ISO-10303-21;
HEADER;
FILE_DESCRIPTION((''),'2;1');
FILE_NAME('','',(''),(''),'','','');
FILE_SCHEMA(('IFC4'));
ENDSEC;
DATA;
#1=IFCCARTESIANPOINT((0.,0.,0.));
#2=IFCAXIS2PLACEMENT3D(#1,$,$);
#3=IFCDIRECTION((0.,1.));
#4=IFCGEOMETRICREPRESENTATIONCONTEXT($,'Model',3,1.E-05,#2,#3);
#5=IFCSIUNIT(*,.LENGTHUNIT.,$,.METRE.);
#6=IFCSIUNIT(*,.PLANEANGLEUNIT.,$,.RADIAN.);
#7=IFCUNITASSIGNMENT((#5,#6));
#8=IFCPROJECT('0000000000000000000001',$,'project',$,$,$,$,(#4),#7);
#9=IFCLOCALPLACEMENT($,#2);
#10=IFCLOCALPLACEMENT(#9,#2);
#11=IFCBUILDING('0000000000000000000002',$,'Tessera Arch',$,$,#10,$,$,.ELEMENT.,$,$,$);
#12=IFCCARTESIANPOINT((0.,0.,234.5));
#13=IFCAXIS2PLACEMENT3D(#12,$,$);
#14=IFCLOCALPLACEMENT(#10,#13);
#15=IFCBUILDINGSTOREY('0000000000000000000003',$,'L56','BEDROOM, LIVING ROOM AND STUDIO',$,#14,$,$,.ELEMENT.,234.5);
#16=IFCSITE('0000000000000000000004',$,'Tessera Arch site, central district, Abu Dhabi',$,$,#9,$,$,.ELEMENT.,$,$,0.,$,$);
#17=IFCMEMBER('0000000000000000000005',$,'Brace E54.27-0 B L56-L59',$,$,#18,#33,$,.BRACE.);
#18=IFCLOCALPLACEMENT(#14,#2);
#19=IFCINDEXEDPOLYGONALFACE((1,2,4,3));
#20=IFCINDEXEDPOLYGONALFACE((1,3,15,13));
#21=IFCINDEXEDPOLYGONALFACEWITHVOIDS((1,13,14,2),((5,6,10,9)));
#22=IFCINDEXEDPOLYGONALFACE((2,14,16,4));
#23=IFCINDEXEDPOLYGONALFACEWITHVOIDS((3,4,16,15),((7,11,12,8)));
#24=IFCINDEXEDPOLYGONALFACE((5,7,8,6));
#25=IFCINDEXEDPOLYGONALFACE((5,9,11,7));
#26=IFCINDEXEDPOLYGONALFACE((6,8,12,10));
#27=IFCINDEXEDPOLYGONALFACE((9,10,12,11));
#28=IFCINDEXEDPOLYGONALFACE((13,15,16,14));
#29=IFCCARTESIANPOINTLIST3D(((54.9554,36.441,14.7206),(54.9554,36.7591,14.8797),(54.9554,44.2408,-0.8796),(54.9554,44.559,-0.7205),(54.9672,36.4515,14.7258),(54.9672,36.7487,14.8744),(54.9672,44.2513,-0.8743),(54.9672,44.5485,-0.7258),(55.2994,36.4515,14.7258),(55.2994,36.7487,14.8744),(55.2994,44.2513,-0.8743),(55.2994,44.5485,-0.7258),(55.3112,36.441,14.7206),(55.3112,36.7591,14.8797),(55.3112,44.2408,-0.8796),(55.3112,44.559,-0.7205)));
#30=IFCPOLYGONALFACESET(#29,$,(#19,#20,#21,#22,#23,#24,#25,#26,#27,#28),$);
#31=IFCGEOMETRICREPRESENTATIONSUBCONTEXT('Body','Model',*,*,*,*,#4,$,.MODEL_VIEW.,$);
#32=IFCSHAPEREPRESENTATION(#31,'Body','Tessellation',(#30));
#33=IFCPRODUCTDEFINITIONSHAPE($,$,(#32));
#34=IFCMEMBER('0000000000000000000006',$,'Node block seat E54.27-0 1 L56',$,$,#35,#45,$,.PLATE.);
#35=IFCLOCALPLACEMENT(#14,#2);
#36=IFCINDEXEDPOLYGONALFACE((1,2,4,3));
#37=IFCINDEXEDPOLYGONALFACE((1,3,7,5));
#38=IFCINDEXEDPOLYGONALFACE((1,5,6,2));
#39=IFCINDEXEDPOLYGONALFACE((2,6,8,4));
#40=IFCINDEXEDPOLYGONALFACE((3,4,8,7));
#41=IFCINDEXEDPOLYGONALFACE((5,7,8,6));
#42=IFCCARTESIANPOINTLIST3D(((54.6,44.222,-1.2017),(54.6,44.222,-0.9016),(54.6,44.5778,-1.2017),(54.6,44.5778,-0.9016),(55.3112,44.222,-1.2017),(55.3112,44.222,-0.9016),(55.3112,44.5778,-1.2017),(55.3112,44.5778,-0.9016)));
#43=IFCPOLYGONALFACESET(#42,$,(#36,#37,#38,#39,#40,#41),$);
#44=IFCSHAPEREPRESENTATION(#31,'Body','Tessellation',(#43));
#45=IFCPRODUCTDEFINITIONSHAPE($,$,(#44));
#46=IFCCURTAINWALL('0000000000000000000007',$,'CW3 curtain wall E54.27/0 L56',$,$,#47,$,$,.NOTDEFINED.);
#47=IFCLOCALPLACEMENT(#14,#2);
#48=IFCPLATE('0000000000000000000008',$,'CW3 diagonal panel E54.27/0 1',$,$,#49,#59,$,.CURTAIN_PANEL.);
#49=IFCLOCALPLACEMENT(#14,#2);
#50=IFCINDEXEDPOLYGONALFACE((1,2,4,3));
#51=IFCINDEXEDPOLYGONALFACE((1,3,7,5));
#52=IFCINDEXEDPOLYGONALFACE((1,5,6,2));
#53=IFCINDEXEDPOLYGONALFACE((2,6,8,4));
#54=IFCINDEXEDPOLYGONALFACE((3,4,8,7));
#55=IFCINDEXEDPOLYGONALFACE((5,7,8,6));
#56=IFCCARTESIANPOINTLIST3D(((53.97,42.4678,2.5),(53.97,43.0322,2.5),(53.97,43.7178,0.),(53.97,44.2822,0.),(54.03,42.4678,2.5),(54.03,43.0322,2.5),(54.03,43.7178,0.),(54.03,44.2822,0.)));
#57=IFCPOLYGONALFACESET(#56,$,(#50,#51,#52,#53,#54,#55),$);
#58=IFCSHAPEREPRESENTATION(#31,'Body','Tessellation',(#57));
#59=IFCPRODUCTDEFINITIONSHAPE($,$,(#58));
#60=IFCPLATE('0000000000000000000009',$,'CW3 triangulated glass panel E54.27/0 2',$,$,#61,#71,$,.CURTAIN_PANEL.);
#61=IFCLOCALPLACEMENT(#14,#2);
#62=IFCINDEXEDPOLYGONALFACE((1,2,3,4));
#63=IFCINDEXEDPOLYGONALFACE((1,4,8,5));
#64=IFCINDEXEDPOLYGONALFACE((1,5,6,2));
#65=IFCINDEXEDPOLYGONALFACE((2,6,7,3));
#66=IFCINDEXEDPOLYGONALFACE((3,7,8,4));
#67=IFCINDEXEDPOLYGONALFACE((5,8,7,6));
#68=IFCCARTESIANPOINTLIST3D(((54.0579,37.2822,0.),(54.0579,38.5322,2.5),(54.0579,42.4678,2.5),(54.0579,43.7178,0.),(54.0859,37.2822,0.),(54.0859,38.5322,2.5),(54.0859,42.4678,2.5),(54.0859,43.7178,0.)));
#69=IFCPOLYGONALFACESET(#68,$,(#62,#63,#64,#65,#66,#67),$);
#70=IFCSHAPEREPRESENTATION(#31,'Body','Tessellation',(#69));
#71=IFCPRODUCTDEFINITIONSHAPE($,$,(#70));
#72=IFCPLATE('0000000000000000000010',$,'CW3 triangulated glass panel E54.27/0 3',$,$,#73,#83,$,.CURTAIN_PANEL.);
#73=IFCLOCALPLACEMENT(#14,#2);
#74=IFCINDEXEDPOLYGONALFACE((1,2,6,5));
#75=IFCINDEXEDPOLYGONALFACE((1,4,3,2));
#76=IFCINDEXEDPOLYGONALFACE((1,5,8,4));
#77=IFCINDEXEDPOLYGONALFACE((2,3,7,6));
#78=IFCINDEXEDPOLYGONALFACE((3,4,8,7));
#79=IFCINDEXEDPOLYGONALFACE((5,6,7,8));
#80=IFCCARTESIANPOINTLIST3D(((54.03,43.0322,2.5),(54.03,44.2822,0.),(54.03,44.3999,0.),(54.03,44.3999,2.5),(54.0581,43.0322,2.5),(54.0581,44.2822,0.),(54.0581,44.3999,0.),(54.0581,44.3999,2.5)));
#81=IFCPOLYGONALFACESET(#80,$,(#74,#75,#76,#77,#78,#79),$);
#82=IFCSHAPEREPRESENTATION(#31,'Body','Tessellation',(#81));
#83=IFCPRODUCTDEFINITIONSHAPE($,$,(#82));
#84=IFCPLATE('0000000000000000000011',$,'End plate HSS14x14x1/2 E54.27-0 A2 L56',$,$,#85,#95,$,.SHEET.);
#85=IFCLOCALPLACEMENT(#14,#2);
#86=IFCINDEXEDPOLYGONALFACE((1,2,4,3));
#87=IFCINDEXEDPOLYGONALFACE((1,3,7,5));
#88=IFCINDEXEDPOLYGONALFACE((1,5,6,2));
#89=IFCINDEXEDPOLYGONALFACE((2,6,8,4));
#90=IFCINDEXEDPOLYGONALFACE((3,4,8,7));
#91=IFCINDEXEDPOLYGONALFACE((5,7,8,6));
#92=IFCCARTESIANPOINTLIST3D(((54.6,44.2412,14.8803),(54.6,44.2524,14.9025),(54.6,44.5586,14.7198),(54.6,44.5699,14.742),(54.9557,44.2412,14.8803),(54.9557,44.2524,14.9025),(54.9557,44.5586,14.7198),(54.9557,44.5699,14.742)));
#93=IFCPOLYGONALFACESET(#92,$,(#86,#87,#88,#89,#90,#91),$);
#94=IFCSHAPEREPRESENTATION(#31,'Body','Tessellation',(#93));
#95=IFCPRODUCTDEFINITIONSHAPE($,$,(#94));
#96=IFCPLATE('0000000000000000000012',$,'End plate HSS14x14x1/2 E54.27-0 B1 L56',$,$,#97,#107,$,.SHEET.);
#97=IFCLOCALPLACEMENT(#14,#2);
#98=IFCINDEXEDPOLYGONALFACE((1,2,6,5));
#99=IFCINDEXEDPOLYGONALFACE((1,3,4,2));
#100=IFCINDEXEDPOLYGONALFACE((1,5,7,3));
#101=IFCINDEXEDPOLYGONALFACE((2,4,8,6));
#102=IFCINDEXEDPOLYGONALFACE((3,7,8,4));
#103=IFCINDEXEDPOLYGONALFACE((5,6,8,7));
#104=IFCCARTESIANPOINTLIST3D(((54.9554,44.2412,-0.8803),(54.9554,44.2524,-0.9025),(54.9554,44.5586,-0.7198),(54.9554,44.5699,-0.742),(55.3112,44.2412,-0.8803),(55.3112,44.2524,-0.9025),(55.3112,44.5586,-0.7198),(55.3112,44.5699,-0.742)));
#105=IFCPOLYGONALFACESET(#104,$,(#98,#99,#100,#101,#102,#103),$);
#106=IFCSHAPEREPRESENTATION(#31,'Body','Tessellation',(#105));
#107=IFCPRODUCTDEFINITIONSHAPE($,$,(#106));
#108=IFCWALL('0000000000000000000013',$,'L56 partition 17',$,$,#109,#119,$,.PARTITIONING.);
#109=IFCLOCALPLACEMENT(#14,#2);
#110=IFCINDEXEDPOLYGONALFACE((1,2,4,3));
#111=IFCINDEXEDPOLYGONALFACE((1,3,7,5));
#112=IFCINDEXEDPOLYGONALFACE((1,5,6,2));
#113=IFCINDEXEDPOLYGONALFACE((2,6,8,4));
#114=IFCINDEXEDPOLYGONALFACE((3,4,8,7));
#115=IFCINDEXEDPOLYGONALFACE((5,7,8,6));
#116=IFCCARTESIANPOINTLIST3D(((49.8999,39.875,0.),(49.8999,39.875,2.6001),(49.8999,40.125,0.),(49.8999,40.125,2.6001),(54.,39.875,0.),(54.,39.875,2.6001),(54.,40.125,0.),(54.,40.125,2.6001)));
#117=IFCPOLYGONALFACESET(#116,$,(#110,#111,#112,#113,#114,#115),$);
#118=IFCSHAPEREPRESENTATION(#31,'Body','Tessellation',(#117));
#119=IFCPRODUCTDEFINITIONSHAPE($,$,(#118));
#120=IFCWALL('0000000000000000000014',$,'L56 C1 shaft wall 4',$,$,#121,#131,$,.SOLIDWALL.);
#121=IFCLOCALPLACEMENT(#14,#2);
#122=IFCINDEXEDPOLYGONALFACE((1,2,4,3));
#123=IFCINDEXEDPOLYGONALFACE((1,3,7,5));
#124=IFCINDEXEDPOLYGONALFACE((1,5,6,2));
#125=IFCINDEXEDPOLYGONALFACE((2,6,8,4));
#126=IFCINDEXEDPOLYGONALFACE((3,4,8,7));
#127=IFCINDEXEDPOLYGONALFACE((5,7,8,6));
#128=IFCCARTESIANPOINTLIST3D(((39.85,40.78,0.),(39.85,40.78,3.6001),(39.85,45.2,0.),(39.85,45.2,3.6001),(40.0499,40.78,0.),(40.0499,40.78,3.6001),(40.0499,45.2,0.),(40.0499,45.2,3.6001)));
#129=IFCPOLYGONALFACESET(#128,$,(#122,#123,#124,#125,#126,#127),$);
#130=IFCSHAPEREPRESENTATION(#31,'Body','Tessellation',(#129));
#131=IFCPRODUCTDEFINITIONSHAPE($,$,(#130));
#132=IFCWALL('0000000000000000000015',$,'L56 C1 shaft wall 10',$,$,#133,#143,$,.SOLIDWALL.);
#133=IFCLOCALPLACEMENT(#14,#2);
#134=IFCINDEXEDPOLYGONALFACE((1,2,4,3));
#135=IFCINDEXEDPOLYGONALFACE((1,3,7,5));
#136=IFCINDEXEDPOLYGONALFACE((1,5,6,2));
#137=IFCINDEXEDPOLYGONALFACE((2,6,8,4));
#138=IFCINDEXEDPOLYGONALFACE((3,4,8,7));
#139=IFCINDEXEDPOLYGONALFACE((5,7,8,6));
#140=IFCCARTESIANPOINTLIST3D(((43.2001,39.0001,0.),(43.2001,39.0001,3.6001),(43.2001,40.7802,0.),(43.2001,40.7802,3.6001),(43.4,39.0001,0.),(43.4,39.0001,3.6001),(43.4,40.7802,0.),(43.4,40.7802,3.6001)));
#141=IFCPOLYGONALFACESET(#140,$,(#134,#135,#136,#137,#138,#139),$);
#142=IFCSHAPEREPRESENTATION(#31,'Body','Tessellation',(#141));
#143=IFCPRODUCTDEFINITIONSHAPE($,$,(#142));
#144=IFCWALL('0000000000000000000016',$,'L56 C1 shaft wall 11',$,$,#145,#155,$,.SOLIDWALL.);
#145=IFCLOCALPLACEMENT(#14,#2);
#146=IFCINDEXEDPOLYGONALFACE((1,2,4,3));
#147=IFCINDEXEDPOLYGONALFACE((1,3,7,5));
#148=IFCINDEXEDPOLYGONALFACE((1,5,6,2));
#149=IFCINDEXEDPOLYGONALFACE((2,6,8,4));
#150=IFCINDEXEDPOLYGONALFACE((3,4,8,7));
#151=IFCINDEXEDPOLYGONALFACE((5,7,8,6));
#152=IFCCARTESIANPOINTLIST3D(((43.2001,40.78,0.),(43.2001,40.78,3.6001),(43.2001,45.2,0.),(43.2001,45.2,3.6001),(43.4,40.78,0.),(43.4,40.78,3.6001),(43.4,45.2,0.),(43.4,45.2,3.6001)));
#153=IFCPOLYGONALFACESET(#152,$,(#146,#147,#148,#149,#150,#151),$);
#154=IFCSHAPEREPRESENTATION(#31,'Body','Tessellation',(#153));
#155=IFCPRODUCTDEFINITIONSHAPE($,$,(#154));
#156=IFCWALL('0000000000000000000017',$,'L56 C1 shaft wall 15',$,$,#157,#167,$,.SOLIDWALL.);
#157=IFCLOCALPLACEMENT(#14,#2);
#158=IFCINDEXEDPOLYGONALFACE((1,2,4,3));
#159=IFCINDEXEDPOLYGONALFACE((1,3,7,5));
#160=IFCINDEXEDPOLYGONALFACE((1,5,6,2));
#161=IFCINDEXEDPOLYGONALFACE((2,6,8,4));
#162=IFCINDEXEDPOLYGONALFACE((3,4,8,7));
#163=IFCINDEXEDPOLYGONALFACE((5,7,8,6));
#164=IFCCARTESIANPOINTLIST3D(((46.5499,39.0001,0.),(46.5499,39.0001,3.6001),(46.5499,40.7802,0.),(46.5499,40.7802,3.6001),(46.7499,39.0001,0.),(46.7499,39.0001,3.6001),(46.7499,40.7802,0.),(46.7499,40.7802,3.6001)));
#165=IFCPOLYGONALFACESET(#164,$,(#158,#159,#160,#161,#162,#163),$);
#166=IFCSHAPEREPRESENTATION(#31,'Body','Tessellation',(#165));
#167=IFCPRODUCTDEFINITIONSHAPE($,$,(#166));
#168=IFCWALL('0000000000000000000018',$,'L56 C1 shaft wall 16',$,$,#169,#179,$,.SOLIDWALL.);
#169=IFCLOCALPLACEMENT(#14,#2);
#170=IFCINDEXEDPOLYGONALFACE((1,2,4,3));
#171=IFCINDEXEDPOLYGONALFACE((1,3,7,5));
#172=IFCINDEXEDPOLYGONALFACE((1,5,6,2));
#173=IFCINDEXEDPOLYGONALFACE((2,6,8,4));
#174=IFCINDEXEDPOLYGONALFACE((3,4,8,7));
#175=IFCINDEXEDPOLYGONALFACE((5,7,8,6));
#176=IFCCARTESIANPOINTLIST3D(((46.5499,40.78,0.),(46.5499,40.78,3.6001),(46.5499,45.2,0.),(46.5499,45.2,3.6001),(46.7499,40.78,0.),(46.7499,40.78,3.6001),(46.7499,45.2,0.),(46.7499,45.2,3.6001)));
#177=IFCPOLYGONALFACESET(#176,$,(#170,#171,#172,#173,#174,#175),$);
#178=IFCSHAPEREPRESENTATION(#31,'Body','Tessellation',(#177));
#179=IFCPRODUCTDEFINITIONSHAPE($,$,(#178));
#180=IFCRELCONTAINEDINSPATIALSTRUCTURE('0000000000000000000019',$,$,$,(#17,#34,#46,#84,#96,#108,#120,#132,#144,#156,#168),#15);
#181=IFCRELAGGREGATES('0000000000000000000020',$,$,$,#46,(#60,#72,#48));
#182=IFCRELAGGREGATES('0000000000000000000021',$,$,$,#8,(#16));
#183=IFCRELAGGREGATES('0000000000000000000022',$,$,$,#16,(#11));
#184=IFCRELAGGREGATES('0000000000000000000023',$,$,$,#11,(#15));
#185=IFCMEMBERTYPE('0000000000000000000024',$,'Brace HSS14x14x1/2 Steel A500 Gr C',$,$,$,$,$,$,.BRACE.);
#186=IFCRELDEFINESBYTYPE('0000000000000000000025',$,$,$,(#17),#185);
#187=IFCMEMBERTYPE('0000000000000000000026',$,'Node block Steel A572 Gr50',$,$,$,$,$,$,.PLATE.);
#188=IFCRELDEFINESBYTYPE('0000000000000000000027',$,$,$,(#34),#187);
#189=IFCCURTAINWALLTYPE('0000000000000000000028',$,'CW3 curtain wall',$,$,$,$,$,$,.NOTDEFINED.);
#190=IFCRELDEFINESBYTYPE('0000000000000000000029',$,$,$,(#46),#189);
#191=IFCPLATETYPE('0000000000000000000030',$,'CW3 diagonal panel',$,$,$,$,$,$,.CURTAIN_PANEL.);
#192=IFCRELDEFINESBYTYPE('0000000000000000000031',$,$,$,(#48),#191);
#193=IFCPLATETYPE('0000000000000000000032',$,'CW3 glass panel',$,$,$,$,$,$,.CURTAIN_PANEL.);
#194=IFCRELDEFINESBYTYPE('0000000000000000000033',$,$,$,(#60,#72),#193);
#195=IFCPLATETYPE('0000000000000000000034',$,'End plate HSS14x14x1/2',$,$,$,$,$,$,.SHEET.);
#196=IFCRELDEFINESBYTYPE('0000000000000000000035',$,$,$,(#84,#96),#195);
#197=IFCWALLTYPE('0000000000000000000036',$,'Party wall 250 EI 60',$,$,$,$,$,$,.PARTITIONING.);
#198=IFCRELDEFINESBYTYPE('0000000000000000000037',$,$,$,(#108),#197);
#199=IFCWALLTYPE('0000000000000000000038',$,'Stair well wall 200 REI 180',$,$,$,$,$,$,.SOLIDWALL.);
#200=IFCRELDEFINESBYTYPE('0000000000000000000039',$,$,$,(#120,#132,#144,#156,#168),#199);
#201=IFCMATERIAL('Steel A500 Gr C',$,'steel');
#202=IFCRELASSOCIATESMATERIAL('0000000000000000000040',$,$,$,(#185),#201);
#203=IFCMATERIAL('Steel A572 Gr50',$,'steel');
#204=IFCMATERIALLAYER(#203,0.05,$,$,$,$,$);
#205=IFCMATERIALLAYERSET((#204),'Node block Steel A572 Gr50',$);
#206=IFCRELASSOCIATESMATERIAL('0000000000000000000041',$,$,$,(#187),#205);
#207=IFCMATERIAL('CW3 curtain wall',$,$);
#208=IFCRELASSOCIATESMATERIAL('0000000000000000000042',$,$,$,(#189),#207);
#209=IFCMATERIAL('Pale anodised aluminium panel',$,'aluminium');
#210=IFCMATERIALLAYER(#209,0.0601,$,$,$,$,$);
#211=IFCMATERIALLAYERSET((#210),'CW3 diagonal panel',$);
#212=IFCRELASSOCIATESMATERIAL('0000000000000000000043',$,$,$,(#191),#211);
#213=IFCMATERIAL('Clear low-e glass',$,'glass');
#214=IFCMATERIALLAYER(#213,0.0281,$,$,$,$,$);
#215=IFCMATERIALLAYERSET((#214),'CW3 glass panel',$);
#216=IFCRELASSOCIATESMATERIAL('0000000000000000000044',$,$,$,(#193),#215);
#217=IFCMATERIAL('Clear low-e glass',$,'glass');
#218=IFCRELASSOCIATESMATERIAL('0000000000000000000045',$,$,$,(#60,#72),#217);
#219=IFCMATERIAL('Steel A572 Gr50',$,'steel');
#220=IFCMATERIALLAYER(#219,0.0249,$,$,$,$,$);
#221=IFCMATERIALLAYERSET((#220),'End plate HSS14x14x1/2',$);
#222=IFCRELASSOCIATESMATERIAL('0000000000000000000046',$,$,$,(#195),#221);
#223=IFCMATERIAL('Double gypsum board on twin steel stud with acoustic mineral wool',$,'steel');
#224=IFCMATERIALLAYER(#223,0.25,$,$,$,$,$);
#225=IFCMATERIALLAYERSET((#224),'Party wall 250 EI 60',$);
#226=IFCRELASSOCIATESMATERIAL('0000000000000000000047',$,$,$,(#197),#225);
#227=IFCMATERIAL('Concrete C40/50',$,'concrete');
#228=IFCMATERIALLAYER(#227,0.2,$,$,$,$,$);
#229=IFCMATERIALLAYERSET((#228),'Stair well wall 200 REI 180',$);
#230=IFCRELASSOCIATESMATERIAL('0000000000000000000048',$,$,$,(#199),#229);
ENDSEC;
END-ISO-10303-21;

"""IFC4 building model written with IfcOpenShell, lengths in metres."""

from ifc_helpers import new_model, si_unit, direction, frame, frame_2d, origin, origin_2d, place, context, subcontext, project, spatial, polyline, rectangle, hollow_rectangle, outline, extrude, material, layer, layer_set, material_profile, profile_set, type_object, element, aggregate, save


model = new_model("IFC4")

# Units and contexts
model_context = context("Model", 3, precision=1e-05, world=origin(), true_north=direction((0.0, 1.0)))
body_context = subcontext(model_context, "Body", "Model", "MODEL_VIEW")
ifc_project = project(units=[si_unit("LENGTHUNIT", "METRE"), si_unit("PLANEANGLEUNIT", "RADIAN")], contexts=[model_context])

# Site, building, storey
site_placement = place(None, origin())
site = spatial("IfcSite", under=ifc_project, at=site_placement, Name="Tessera Arch site, central district, Abu Dhabi", CompositionType="ELEMENT", RefElevation=0.0)
building_placement = place(site_placement, origin())
building = spatial("IfcBuilding", under=site, at=building_placement, Name="Tessera Arch", CompositionType="ELEMENT")
storey_placement = place(building_placement, frame((0.0, 0.0, 234.5)))
storey = spatial("IfcBuildingStorey", under=building, at=storey_placement, Name="L56", Description="BEDROOM, LIVING ROOM AND STUDIO", CompositionType="ELEMENT", Elevation=234.5)

# Members
ifc_material_1 = material(Name="Steel A500 Gr C", Category="steel")
ifc_material_profile = material_profile(ifc_material_1, hollow_rectangle(XDim=0.3557, YDim=0.3557, WallThickness=0.0117, at=origin_2d()), Name="HSS14x14x1/2")
ifc_profile_set = profile_set([ifc_material_profile], Name="Steel A500 Gr C")
member_type_1 = type_object("IfcMemberType", Name="Brace HSS14x14x1/2 Steel A500 Gr C", PredefinedType="BRACE", material=ifc_profile_set)
member_1_placement = place(storey_placement, frame((55.1333, 44.3999, -0.8), z_axis=(0.0, -0.447202, 0.894433), x_axis=(1.0, 0.0, 0.0)))
element("IfcMember", 1, at=member_1_placement, inside=storey, type_object=member_type_1, Name="Brace E54.27-0 B L56-L59", PredefinedType="BRACE", context=body_context, shape_type="SweptSolid", body=[
    extrude(hollow_rectangle(XDim=0.3557, YDim=0.3557, WallThickness=0.0117, at=origin_2d()), origin(), (0.0, 0.0, 1.0), 17.4414),
])
ifc_material_2 = material(Name="Steel A572 Gr50", Category="steel")
ifc_layer_1 = layer(ifc_material_2, 0.05)
ifc_layer_set_1 = layer_set([ifc_layer_1], Name="Node block Steel A572 Gr50")
member_type_2 = type_object("IfcMemberType", Name="Node block Steel A572 Gr50", PredefinedType="PLATE", material=ifc_layer_set_1)
member_2_placement = place(storey_placement, frame((54.9556, 44.3999, -1.2017), z_axis=(0.0, 0.0, 1.0), x_axis=(0.0, 1.0, 0.0)))
element("IfcMember", 2, at=member_2_placement, inside=storey, type_object=member_type_2, Name="Node block seat E54.27-0 1 L56", PredefinedType="PLATE", context=body_context, shape_type="SweptSolid", body=[
    extrude(rectangle(XDim=0.3557, YDim=0.7112, at=origin_2d()), origin(), (0.0, 0.0, 1.0), 0.3),
])

# Curtain wall, plates
ifc_material_3 = material(Name="CW3 curtain wall")
curtain_wall_type = type_object("IfcCurtainWallType", Name="CW3 curtain wall", PredefinedType="NOTDEFINED", material=ifc_material_3)
curtain_wall_placement = place(storey_placement, origin())
curtain_wall = element("IfcCurtainWall", 3, at=curtain_wall_placement, inside=storey, type_object=curtain_wall_type, Name="CW3 curtain wall E54.27/0 L56", PredefinedType="NOTDEFINED")
ifc_material_4 = material(Name="Pale anodised aluminium panel", Category="aluminium")
ifc_layer_2 = layer(ifc_material_4, 0.0601)
ifc_layer_set_2 = layer_set([ifc_layer_2], Name="CW3 diagonal panel")
plate_type_1 = type_object("IfcPlateType", Name="CW3 diagonal panel", PredefinedType="CURTAIN_PANEL", material=ifc_layer_set_2)
plate_1_placement = place(storey_placement, frame((54.03, 43.0322, 2.5), z_axis=(1.0, 0.0, 0.0), x_axis=(0.0, -1.0, 0.0)))
plate_1 = element("IfcPlate", 4, at=plate_1_placement, type_object=plate_type_1, Name="CW3 diagonal panel E54.27/0 1", PredefinedType="CURTAIN_PANEL", context=body_context, shape_type="SweptSolid", body=[
    extrude(outline(polyline([(0.0, 0.0), (0.5645, 0.0), (-0.6855, 2.5), (-1.25, 2.5), (0.0, 0.0)])), origin(), (0.0, 0.0, -1.0), 0.0601),
])
ifc_material_5 = material(Name="Clear low-e glass", Category="glass")
ifc_material_6 = material(Name="Clear low-e glass", Category="glass")
ifc_layer_3 = layer(ifc_material_6, 0.0281)
ifc_layer_set_3 = layer_set([ifc_layer_3], Name="CW3 glass panel")
plate_type_2 = type_object("IfcPlateType", Name="CW3 glass panel", PredefinedType="CURTAIN_PANEL", material=ifc_layer_set_3)
plate_2_placement = place(storey_placement, frame((54.0859, 42.4678, 2.5), z_axis=(1.0, 0.0, 0.0), x_axis=(0.0, -1.0, 0.0)))
plate_2 = element("IfcPlate", 5, at=plate_2_placement, type_object=plate_type_2, material=ifc_material_5, Name="CW3 triangulated glass panel E54.27/0 2", PredefinedType="CURTAIN_PANEL", context=body_context, shape_type="SweptSolid", body=[
    extrude(outline(polyline([(0.0, 0.0), (3.9355, 0.0), (5.1855, 2.5), (-1.25, 2.5), (0.0, 0.0)])), origin(), (0.0, 0.0, -1.0), 0.0281),
])
plate_3_placement = place(storey_placement, frame((54.0581, 44.3999, 2.5), z_axis=(1.0, 0.0, 0.0), x_axis=(0.0, -1.0, 0.0)))
plate_3 = element("IfcPlate", 6, at=plate_3_placement, type_object=plate_type_2, material=ifc_material_5, Name="CW3 triangulated glass panel E54.27/0 3", PredefinedType="CURTAIN_PANEL", context=body_context, shape_type="SweptSolid", body=[
    extrude(outline(polyline([(0.0, 0.0), (1.3677, 0.0), (0.1177, 2.5), (0.0, 2.5), (0.0, 0.0)])), origin(), (0.0, 0.0, -1.0), 0.0281),
])
aggregate(curtain_wall, [plate_2, plate_3, plate_1])

# Plates
ifc_material_7 = material(Name="Steel A572 Gr50", Category="steel")
ifc_layer_4 = layer(ifc_material_7, 0.0249)
ifc_layer_set_4 = layer_set([ifc_layer_4], Name="End plate HSS14x14x1/2")
plate_type_3 = type_object("IfcPlateType", Name="End plate HSS14x14x1/2", PredefinedType="SHEET", material=ifc_layer_set_4)
for number, where, z_axis, x_axis, name in (
    (7, (54.7778, 44.3999, 14.8), (0.0, 0.451132, 0.892457), (-1.0, 0.0, 0.0), "End plate HSS14x14x1/2 E54.27-0 A2 L56"),
    (8, (55.1333, 44.4111, -0.8223), (0.0, -0.451132, 0.892457), (1.0, 0.0, 0.0), "End plate HSS14x14x1/2 E54.27-0 B1 L56"),
):
    element("IfcPlate", number, at=place(storey_placement, frame(where, z_axis=z_axis, x_axis=x_axis)), inside=storey, type_object=plate_type_3, Name=name, PredefinedType="SHEET", context=body_context, shape_type="SweptSolid", body=[
        extrude(rectangle(XDim=0.3557, YDim=0.3557, at=origin_2d()), origin(), (0.0, 0.0, 1.0), 0.0249),
    ])

# Walls
ifc_material_8 = material(Name="Double gypsum board on twin steel stud with acoustic mineral wool", Category="steel")
ifc_layer_5 = layer(ifc_material_8, 0.25)
ifc_layer_set_5 = layer_set([ifc_layer_5], Name="Party wall 250 EI 60")
wall_type_1 = type_object("IfcWallType", Name="Party wall 250 EI 60", PredefinedType="PARTITIONING", material=ifc_layer_set_5)
wall_1_placement = place(storey_placement, frame((49.8999, 40.0, 0.0), z_axis=(0.0, 0.0, 1.0), x_axis=(1.0, 0.0, 0.0)))
element("IfcWall", 9, at=wall_1_placement, inside=storey, type_object=wall_type_1, Name="L56 partition 17", PredefinedType="PARTITIONING", context=body_context, shape_type="SweptSolid", body=[
    extrude(rectangle(XDim=4.1001, YDim=0.25, at=frame_2d((2.05, 0.0))), origin(), (0.0, 0.0, 1.0), 2.6001),
])
ifc_material_9 = material(Name="Concrete C40/50", Category="concrete")
ifc_layer_6 = layer(ifc_material_9, 0.2)
ifc_layer_set_6 = layer_set([ifc_layer_6], Name="Stair well wall 200 REI 180")
wall_type_2 = type_object("IfcWallType", Name="Stair well wall 200 REI 180", PredefinedType="SOLIDWALL", material=ifc_layer_set_6)
wall_2_placement = place(storey_placement, frame((39.95, 40.78, 0.0), z_axis=(0.0, 0.0, 1.0), x_axis=(0.0, 1.0, 0.0)))
element("IfcWall", 10, at=wall_2_placement, inside=storey, type_object=wall_type_2, Name="L56 C1 shaft wall 4", PredefinedType="SOLIDWALL", context=body_context, shape_type="SweptSolid", body=[
    extrude(rectangle(XDim=4.4199, YDim=0.2, at=frame_2d((2.21, 0.0))), origin(), (0.0, 0.0, 1.0), 3.6001),
])
wall_3_placement = place(storey_placement, frame((43.3, 39.0, 0.0), z_axis=(0.0, 0.0, 1.0), x_axis=(0.0, 1.0, 0.0)))
element("IfcWall", 11, at=wall_3_placement, inside=storey, type_object=wall_type_2, Name="L56 C1 shaft wall 10", PredefinedType="SOLIDWALL", context=body_context, shape_type="SweptSolid", body=[
    extrude(rectangle(XDim=1.78, YDim=0.2, at=frame_2d((0.8901, 0.0))), origin(), (0.0, 0.0, 1.0), 3.6001),
])
wall_4_placement = place(storey_placement, frame((43.3, 40.78, 0.0), z_axis=(0.0, 0.0, 1.0), x_axis=(0.0, 1.0, 0.0)))
element("IfcWall", 12, at=wall_4_placement, inside=storey, type_object=wall_type_2, Name="L56 C1 shaft wall 11", PredefinedType="SOLIDWALL", context=body_context, shape_type="SweptSolid", body=[
    extrude(rectangle(XDim=4.4199, YDim=0.2, at=frame_2d((2.21, 0.0))), origin(), (0.0, 0.0, 1.0), 3.6001),
])
wall_5_placement = place(storey_placement, frame((46.6499, 39.0, 0.0), z_axis=(0.0, 0.0, 1.0), x_axis=(0.0, 1.0, 0.0)))
element("IfcWall", 13, at=wall_5_placement, inside=storey, type_object=wall_type_2, Name="L56 C1 shaft wall 15", PredefinedType="SOLIDWALL", context=body_context, shape_type="SweptSolid", body=[
    extrude(rectangle(XDim=1.78, YDim=0.2, at=frame_2d((0.8901, 0.0))), origin(), (0.0, 0.0, 1.0), 3.6001),
])
wall_6_placement = place(storey_placement, frame((46.6499, 40.78, 0.0), z_axis=(0.0, 0.0, 1.0), x_axis=(0.0, 1.0, 0.0)))
element("IfcWall", 14, at=wall_6_placement, inside=storey, type_object=wall_type_2, Name="L56 C1 shaft wall 16", PredefinedType="SOLIDWALL", context=body_context, shape_type="SweptSolid", body=[
    extrude(rectangle(XDim=4.4199, YDim=0.2, at=frame_2d((2.21, 0.0))), origin(), (0.0, 0.0, 1.0), 3.6001),
])

save(model, "model.ifc")
